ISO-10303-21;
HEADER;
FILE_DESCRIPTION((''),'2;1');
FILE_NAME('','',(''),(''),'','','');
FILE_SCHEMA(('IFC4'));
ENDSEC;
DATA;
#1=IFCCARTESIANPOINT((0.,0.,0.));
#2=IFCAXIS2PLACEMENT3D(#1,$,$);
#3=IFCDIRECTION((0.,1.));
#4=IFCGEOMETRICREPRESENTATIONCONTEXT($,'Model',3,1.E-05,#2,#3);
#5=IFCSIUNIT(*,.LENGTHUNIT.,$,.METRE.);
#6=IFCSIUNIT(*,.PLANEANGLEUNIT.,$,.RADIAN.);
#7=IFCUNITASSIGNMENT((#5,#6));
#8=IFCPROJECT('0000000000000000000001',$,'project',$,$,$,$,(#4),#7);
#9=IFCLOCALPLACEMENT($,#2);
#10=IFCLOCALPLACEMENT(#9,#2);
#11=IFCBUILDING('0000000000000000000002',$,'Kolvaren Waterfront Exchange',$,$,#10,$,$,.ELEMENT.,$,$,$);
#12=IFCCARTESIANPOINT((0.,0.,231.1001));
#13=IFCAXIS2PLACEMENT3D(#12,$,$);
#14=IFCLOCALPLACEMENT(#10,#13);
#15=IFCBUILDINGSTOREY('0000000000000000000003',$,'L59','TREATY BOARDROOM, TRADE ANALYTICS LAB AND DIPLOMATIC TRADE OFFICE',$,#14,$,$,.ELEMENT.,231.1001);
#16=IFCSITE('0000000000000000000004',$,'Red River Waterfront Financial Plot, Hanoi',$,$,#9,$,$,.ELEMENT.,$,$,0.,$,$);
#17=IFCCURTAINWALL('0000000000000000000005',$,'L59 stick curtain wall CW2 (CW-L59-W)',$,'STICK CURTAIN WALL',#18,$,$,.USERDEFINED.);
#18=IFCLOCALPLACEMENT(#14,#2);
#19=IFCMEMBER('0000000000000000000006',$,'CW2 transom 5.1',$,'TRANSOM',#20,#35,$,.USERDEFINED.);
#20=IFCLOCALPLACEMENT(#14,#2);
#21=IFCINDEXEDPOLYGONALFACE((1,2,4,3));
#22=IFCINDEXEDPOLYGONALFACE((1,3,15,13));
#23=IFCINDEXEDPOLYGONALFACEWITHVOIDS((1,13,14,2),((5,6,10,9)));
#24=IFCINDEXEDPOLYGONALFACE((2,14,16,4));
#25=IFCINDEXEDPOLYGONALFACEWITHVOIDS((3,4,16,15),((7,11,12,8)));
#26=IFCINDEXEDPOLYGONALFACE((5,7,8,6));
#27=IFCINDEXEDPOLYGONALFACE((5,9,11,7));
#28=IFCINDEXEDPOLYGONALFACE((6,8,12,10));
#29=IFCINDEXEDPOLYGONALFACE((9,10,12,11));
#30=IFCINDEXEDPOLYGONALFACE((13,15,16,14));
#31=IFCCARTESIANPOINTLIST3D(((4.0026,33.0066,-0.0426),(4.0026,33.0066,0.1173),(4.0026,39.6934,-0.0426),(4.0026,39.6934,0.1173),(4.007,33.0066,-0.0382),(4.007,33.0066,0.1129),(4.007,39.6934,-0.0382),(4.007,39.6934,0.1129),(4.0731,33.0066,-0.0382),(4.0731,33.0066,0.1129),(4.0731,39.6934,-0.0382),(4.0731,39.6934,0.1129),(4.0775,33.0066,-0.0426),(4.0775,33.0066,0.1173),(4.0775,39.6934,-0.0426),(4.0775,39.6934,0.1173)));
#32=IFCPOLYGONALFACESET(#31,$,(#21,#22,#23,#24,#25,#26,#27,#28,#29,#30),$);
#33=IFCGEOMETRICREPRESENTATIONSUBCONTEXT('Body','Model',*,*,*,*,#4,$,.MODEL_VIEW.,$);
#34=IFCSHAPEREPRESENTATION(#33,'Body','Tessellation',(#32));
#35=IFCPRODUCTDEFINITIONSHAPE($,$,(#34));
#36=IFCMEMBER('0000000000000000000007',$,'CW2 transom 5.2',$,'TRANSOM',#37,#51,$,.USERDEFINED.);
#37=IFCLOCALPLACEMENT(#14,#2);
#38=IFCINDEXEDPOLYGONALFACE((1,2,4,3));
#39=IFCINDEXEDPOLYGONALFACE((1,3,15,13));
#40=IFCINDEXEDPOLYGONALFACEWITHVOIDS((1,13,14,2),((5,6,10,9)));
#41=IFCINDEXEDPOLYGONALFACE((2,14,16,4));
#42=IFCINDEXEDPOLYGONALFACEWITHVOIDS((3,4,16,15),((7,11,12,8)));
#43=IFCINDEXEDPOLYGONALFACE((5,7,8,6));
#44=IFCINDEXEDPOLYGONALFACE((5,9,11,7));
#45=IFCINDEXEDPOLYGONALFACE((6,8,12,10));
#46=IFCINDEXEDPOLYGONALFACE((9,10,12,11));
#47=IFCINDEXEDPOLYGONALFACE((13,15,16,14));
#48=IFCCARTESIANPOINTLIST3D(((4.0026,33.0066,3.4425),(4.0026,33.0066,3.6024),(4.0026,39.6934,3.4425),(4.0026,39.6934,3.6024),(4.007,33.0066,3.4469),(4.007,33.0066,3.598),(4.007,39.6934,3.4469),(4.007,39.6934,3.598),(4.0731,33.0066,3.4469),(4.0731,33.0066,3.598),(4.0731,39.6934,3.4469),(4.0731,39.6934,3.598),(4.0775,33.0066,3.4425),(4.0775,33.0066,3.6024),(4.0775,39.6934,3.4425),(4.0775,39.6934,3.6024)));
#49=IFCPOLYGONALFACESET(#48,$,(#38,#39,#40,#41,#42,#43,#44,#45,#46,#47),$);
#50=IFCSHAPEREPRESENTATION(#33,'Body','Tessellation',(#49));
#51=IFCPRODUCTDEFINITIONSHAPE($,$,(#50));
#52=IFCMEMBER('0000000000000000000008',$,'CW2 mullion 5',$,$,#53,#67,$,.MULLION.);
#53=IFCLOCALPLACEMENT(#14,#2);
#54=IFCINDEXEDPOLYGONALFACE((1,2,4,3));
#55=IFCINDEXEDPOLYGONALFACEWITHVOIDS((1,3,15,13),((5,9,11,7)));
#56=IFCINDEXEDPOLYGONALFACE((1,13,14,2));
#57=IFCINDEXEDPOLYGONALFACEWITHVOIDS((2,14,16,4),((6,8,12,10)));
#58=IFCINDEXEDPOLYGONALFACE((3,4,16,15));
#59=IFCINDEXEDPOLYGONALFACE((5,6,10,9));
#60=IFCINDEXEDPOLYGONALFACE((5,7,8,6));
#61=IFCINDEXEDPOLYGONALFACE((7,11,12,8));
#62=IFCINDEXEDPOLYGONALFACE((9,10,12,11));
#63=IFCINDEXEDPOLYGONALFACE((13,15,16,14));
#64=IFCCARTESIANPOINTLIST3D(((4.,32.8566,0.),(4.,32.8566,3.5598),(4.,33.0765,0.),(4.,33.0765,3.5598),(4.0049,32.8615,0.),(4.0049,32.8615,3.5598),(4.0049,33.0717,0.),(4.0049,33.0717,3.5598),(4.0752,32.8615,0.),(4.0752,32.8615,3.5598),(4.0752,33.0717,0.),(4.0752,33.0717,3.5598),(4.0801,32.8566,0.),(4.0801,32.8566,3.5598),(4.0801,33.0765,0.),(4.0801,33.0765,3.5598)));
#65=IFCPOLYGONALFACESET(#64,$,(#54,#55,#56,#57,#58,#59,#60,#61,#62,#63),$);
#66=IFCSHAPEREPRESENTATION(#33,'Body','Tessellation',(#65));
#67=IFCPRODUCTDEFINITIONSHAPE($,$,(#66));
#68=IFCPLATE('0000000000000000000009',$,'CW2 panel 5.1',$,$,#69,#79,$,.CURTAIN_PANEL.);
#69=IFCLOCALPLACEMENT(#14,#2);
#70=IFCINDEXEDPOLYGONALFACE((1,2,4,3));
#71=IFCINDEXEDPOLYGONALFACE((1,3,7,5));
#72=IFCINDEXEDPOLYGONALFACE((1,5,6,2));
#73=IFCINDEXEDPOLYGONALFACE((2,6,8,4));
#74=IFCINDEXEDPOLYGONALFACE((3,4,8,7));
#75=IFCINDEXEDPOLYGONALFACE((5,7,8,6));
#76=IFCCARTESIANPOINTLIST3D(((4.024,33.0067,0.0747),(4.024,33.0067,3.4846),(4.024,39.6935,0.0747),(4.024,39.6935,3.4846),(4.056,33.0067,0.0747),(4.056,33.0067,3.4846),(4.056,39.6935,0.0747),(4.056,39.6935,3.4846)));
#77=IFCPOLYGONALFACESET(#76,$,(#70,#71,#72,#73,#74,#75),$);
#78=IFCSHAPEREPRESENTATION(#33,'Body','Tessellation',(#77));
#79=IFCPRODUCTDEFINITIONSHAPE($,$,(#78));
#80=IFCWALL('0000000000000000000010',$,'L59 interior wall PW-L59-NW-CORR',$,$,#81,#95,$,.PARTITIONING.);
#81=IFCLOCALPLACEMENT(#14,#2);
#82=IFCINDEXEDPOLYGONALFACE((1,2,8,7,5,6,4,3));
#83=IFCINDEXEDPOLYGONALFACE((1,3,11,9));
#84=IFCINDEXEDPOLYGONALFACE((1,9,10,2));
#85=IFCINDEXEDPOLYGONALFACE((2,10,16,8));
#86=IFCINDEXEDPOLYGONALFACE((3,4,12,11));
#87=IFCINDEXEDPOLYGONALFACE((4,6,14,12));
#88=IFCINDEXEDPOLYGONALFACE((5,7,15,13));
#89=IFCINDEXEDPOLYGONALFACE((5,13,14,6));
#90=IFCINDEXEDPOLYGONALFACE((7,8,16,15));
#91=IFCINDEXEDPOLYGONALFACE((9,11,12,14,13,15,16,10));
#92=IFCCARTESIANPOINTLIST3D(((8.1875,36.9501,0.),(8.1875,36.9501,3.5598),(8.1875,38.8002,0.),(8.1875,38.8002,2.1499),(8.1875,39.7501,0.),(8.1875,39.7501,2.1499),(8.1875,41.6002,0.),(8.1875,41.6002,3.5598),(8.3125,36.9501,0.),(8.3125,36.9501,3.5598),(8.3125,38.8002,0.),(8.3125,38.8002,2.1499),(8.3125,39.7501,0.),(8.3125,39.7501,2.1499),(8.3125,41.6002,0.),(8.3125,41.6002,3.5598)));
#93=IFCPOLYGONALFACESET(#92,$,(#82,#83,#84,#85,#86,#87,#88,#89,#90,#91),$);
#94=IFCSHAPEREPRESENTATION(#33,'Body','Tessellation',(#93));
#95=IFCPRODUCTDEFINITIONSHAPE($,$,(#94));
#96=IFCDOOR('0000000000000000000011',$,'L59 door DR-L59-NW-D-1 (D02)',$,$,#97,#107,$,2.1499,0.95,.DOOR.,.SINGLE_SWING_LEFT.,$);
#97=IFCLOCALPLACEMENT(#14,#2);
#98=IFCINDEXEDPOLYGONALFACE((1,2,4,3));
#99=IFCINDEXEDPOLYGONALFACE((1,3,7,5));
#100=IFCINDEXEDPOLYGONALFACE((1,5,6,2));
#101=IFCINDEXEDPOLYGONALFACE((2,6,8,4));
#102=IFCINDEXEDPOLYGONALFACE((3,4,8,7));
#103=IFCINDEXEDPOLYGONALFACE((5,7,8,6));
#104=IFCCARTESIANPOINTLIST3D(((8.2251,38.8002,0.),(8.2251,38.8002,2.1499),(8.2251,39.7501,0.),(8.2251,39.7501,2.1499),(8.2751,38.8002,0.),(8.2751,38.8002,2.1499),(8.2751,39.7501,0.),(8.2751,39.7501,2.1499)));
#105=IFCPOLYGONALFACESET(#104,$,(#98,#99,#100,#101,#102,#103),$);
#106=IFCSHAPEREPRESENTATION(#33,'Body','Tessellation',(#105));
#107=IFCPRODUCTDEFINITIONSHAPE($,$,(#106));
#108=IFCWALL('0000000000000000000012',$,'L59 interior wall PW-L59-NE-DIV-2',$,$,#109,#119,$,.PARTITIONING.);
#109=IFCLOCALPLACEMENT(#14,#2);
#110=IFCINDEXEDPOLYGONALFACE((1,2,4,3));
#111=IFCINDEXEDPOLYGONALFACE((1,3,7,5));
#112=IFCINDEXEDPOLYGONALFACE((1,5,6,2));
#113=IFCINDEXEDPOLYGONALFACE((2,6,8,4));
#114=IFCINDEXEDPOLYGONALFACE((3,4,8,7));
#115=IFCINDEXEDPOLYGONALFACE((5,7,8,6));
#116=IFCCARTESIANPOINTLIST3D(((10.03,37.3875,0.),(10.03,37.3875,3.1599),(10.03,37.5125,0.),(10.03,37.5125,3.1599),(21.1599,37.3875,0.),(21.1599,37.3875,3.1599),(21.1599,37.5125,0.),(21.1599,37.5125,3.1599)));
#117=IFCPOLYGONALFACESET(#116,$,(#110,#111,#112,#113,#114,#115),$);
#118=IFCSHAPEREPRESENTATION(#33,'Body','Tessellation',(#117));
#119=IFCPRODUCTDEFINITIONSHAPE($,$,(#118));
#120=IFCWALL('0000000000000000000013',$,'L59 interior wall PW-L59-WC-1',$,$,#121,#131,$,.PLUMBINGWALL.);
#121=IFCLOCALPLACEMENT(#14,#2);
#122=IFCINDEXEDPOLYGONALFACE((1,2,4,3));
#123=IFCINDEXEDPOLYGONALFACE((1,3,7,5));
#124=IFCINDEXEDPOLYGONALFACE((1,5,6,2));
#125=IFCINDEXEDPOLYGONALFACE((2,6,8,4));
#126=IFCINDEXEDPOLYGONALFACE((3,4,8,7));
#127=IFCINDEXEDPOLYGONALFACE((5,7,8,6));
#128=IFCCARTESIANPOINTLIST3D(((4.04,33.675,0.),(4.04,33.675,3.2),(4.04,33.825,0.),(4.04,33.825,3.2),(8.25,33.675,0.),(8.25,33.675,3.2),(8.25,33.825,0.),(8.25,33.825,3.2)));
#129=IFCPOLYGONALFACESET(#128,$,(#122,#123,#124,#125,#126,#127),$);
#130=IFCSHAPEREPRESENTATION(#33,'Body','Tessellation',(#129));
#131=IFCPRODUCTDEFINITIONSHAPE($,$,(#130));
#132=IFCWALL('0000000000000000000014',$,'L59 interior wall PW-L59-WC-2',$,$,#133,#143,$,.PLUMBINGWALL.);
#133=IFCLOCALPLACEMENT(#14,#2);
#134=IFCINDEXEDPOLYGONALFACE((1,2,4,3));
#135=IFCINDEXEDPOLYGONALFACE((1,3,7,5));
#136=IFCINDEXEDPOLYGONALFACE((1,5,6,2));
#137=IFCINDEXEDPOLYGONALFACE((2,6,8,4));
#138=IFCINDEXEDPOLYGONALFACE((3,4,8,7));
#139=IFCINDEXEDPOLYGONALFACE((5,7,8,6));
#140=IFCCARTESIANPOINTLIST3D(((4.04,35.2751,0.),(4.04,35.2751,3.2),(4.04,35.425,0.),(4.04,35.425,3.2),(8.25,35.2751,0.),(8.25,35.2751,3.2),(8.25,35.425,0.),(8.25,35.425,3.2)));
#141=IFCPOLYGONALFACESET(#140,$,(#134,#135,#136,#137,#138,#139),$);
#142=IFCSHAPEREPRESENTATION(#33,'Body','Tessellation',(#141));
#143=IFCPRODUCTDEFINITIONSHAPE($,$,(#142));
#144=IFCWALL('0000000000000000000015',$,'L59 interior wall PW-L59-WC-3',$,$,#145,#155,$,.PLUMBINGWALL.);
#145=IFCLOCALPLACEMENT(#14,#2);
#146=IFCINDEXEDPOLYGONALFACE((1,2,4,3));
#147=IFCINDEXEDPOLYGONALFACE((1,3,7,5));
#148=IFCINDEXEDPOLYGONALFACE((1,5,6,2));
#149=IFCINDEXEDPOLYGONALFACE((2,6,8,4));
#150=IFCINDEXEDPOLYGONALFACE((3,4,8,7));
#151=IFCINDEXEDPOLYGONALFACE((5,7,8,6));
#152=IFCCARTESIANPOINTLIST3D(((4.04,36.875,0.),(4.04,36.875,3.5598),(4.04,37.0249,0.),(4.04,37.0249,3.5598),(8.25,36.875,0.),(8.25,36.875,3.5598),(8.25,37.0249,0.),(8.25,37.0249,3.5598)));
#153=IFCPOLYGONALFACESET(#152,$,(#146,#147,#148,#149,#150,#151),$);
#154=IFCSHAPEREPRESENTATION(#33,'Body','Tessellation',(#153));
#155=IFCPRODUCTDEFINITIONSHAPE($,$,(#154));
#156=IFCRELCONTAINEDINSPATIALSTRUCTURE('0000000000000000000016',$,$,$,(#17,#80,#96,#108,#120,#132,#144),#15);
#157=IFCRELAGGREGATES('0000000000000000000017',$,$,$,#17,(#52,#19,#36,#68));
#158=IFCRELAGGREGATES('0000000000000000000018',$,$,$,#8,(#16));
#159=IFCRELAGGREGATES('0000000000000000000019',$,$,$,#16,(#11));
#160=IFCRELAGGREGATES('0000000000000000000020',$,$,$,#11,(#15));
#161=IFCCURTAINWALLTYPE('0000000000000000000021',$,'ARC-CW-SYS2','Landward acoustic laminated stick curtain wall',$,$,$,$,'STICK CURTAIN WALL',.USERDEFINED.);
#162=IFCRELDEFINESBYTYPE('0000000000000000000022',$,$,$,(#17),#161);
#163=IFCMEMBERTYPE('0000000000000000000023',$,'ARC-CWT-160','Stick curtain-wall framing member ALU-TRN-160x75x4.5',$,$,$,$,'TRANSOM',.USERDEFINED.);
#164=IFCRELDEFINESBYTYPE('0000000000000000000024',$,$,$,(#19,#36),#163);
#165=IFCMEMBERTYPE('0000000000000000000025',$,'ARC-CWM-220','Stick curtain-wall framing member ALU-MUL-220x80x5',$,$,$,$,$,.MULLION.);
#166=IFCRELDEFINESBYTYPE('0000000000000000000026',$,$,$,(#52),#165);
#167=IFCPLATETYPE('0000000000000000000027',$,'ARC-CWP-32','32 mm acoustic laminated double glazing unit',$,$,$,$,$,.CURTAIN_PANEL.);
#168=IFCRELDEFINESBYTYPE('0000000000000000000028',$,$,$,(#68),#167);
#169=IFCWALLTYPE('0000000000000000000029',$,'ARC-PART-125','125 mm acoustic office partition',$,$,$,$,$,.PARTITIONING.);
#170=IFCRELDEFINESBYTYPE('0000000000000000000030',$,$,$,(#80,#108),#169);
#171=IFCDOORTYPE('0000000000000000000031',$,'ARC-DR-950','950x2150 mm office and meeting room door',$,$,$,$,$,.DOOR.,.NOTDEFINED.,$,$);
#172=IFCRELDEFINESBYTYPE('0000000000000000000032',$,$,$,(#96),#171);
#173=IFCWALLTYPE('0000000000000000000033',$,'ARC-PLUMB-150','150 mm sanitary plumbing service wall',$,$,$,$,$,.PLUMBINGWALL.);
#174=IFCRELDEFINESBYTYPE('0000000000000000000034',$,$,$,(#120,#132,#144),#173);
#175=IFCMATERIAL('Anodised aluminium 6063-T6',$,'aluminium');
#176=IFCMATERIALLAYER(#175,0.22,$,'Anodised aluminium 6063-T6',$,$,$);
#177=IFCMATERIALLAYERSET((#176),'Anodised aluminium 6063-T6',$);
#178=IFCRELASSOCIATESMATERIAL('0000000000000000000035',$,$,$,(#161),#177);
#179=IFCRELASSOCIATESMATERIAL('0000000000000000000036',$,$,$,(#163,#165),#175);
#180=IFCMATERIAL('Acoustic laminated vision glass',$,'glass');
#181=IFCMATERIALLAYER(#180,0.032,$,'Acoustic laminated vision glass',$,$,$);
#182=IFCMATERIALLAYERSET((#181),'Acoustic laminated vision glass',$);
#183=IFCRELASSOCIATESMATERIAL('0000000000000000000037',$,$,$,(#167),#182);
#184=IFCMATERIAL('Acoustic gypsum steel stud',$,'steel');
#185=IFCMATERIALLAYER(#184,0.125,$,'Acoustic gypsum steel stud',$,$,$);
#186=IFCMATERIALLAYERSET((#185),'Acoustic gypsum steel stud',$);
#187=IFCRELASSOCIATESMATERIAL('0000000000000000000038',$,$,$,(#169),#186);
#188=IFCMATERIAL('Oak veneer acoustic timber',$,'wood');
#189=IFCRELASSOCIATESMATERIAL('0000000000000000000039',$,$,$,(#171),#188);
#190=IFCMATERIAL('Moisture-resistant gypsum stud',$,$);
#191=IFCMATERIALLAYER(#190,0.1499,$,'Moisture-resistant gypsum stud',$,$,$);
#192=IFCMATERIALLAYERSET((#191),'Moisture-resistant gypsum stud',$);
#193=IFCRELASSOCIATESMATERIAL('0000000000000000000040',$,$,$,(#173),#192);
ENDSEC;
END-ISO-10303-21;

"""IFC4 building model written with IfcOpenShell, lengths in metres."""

from ifc_helpers import new_model, si_unit, direction, frame, frame_2d, origin, origin_with_axes, origin_2d, place, context, subcontext, project, spatial, rectangle, hollow_rectangle, extrude, source, transform, mapped, material, layer, layer_set, material_profile, profile_set, type_object, element, fill, aggregate, save


model = new_model("IFC4")

# Units and contexts
model_context = context("Model", 3, precision=1e-05, world=origin(), true_north=direction((0.0, 1.0)))
body_context = subcontext(model_context, "Body", "Model", "MODEL_VIEW")
ifc_project = project(units=[si_unit("LENGTHUNIT", "METRE"), si_unit("PLANEANGLEUNIT", "RADIAN")], contexts=[model_context])

# Site, building, storey
site_placement = place(None, origin())
site = spatial("IfcSite", under=ifc_project, at=site_placement, Name="Red River Waterfront Financial Plot, Hanoi", CompositionType="ELEMENT", RefElevation=0.0)
building_placement = place(site_placement, origin())
building = spatial("IfcBuilding", under=site, at=building_placement, Name="Kolvaren Waterfront Exchange", CompositionType="ELEMENT")
storey_placement = place(building_placement, frame((0.0, 0.0, 231.1001)))
storey = spatial("IfcBuildingStorey", under=building, at=storey_placement, Name="L59", Description="TREATY BOARDROOM, TRADE ANALYTICS LAB AND DIPLOMATIC TRADE OFFICE", CompositionType="ELEMENT", Elevation=231.1001)

# Curtain wall, members, plate
ifc_material_1 = material(Name="Anodised aluminium 6063-T6", Category="aluminium")
ifc_layer_1 = layer(ifc_material_1, 0.22, Name="Anodised aluminium 6063-T6")
ifc_layer_set_1 = layer_set([ifc_layer_1], Name="Anodised aluminium 6063-T6")
curtain_wall_type = type_object("IfcCurtainWallType", Name="ARC-CW-SYS2", Description="Landward acoustic laminated stick curtain wall", ElementType="STICK CURTAIN WALL", PredefinedType="USERDEFINED", material=ifc_layer_set_1)
curtain_wall_placement = place(storey_placement, origin())
curtain_wall = element("IfcCurtainWall", 1, at=curtain_wall_placement, inside=storey, type_object=curtain_wall_type, Name="L59 stick curtain wall CW2 (CW-L59-W)", ObjectType="STICK CURTAIN WALL", PredefinedType="USERDEFINED")
ifc_material_profile_1 = material_profile(ifc_material_1, hollow_rectangle(XDim=0.075, YDim=0.1599, WallThickness=0.0044, at=origin_2d()), Name="ALU-TRN-160x75x4.5")
ifc_profile_set_1 = profile_set([ifc_material_profile_1], Name="Anodised aluminium 6063-T6")
member_type_1 = type_object("IfcMemberType", Name="ARC-CWT-160", Description="Stick curtain-wall framing member ALU-TRN-160x75x4.5", ElementType="TRANSOM", PredefinedType="USERDEFINED", material=ifc_profile_set_1)
shared_shape_1 = source(origin_with_axes(), body_context, "Body", "SweptSolid", [
    extrude(hollow_rectangle(XDim=0.075, YDim=0.1599, WallThickness=0.0044, at=origin_2d()), origin(), (0.0, 0.0, 1.0), 6.6868),
])
member_1_placement = place(storey_placement, frame((4.04, 33.0066, 0.0374), z_axis=(0.0, 1.0, 0.0), x_axis=(-1.0, 0.0, 0.0)))
member_1 = element("IfcMember", 2, at=member_1_placement, type_object=member_type_1, Name="CW2 transom 5.1", ObjectType="TRANSOM", PredefinedType="USERDEFINED", context=body_context, shape_type="MappedRepresentation", body=[
    mapped(shared_shape_1, transform((0.0, 0.0, 0.0), x_axis=(1.0, 0.0, 0.0), y_axis=(0.0, 1.0, 0.0), z_axis=(0.0, 0.0, 1.0), scale=1.0)),
])
member_2_placement = place(storey_placement, frame((4.04, 33.0066, 3.5225), z_axis=(0.0, 1.0, 0.0), x_axis=(-1.0, 0.0, 0.0)))
member_2 = element("IfcMember", 3, at=member_2_placement, type_object=member_type_1, Name="CW2 transom 5.2", ObjectType="TRANSOM", PredefinedType="USERDEFINED", context=body_context, shape_type="MappedRepresentation", body=[
    mapped(shared_shape_1, transform((0.0, 0.0, 0.0), x_axis=(1.0, 0.0, 0.0), y_axis=(0.0, 1.0, 0.0), z_axis=(0.0, 0.0, 1.0), scale=1.0)),
])
ifc_material_profile_2 = material_profile(ifc_material_1, hollow_rectangle(XDim=0.0801, YDim=0.22, WallThickness=0.0049, at=origin_2d()), Name="ALU-MUL-220x80x5")
ifc_profile_set_2 = profile_set([ifc_material_profile_2], Name="Anodised aluminium 6063-T6")
member_type_2 = type_object("IfcMemberType", Name="ARC-CWM-220", Description="Stick curtain-wall framing member ALU-MUL-220x80x5", PredefinedType="MULLION", material=ifc_profile_set_2)
shared_shape_2 = source(origin_with_axes(), body_context, "Body", "SweptSolid", [
    extrude(hollow_rectangle(XDim=0.0801, YDim=0.22, WallThickness=0.0049, at=origin_2d()), origin(), (0.0, 0.0, 1.0), 3.5598),
])
member_3_placement = place(storey_placement, frame((4.04, 32.9666, 0.0), z_axis=(0.0, 0.0, 1.0), x_axis=(-1.0, 0.0, 0.0)))
member_3 = element("IfcMember", 4, at=member_3_placement, type_object=member_type_2, Name="CW2 mullion 5", PredefinedType="MULLION", context=body_context, shape_type="MappedRepresentation", body=[
    mapped(shared_shape_2, transform((0.0, 0.0, 0.0), x_axis=(1.0, 0.0, 0.0), y_axis=(0.0, 1.0, 0.0), z_axis=(0.0, 0.0, 1.0), scale=1.0)),
])
ifc_material_2 = material(Name="Acoustic laminated vision glass", Category="glass")
ifc_layer_2 = layer(ifc_material_2, 0.032, Name="Acoustic laminated vision glass")
ifc_layer_set_2 = layer_set([ifc_layer_2], Name="Acoustic laminated vision glass")
plate_type = type_object("IfcPlateType", Name="ARC-CWP-32", Description="32 mm acoustic laminated double glazing unit", PredefinedType="CURTAIN_PANEL", material=ifc_layer_set_2)
shared_shape_3 = source(origin_with_axes(), body_context, "Body", "SweptSolid", [
    extrude(rectangle(XDim=6.6868, YDim=0.032, at=origin_2d()), origin(), (0.0, 0.0, 1.0), 3.4099),
])
plate_placement = place(storey_placement, frame((4.04, 36.3501, 0.0747), z_axis=(0.0, 0.0, 1.0), x_axis=(0.0, 1.0, 0.0)))
plate = element("IfcPlate", 5, at=plate_placement, type_object=plate_type, Name="CW2 panel 5.1", PredefinedType="CURTAIN_PANEL", context=body_context, shape_type="MappedRepresentation", body=[
    mapped(shared_shape_3, transform((0.0, 0.0, 0.0), x_axis=(1.0, 0.0, 0.0), y_axis=(0.0, 1.0, 0.0), z_axis=(0.0, 0.0, 1.0), scale=1.0)),
])
aggregate(curtain_wall, [member_3, member_1, member_2, plate])

# Wall, opening, door
ifc_material_3 = material(Name="Acoustic gypsum steel stud", Category="steel")
ifc_layer_3 = layer(ifc_material_3, 0.125, Name="Acoustic gypsum steel stud")
ifc_layer_set_3 = layer_set([ifc_layer_3], Name="Acoustic gypsum steel stud")
wall_type_1 = type_object("IfcWallType", Name="ARC-PART-125", Description="125 mm acoustic office partition", PredefinedType="PARTITIONING", material=ifc_layer_set_3)
wall_1_placement = place(storey_placement, frame((8.25, 36.95, 0.0), z_axis=(0.0, 0.0, 1.0), x_axis=(0.0, 1.0, 0.0)))
wall_1 = element("IfcWall", 6, at=wall_1_placement, inside=storey, type_object=wall_type_1, Name="L59 interior wall PW-L59-NW-CORR", PredefinedType="PARTITIONING", context=body_context, shape_type="SweptSolid", body=[
    extrude(rectangle(XDim=4.6501, YDim=0.125, at=frame_2d((2.3252, 0.0))), origin(), (0.0, 0.0, 1.0), 3.5598),
])
opening_placement = place(wall_1_placement, frame((1.8501, 0.0, 0.0)))
opening = element("IfcOpeningElement", 7, at=opening_placement, cuts=wall_1, PredefinedType="OPENING", context=body_context, shape_type="SweptSolid", body=[
    extrude(rectangle(XDim=0.95, YDim=2.1499, at=frame_2d((0.4751, 1.075))), frame((0.0, 0.0725, 0.0), z_axis=(0.0, -1.0, 0.0), x_axis=(1.0, 0.0, 0.0)), (0.0, 0.0, 1.0), 0.145),
])
ifc_material_4 = material(Name="Oak veneer acoustic timber", Category="wood")
door_type = type_object("IfcDoorType", Name="ARC-DR-950", Description="950x2150 mm office and meeting room door", OperationType="NOTDEFINED", PredefinedType="DOOR", material=ifc_material_4)
door_placement = place(opening_placement, origin())
door = element("IfcDoor", 8, at=door_placement, inside=storey, type_object=door_type, Name="L59 door DR-L59-NW-D-1 (D02)", OperationType="SINGLE_SWING_LEFT", OverallHeight=2.1499, OverallWidth=0.95, PredefinedType="DOOR", context=body_context, shape_type="SweptSolid", body=[
    extrude(rectangle(XDim=0.95, YDim=2.1499, at=frame_2d((0.4751, 1.075))), frame((0.0, 0.0249, 0.0), z_axis=(0.0, -1.0, 0.0), x_axis=(1.0, 0.0, 0.0)), (0.0, 0.0, 1.0), 0.05),
])
fill(opening, door)

# Walls
wall_2_placement = place(storey_placement, frame((10.03, 37.45, 0.0), z_axis=(0.0, 0.0, 1.0), x_axis=(1.0, 0.0, 0.0)))
element("IfcWall", 9, at=wall_2_placement, inside=storey, type_object=wall_type_1, Name="L59 interior wall PW-L59-NE-DIV-2", PredefinedType="PARTITIONING", context=body_context, shape_type="SweptSolid", body=[
    extrude(rectangle(XDim=11.1299, YDim=0.125, at=frame_2d((5.5649, 0.0))), origin(), (0.0, 0.0, 1.0), 3.1599),
])
ifc_material_5 = material(Name="Moisture-resistant gypsum stud")
ifc_layer_4 = layer(ifc_material_5, 0.1499, Name="Moisture-resistant gypsum stud")
ifc_layer_set_4 = layer_set([ifc_layer_4], Name="Moisture-resistant gypsum stud")
wall_type_2 = type_object("IfcWallType", Name="ARC-PLUMB-150", Description="150 mm sanitary plumbing service wall", PredefinedType="PLUMBINGWALL", material=ifc_layer_set_4)
for number, where, z_axis, x_axis, name in (
    (10, (4.04, 33.75, 0.0), (0.0, 0.0, 1.0), (1.0, 0.0, 0.0), "L59 interior wall PW-L59-WC-1"),
    (11, (4.04, 35.3501, 0.0), (0.0, 0.0, 1.0), (1.0, 0.0, 0.0), "L59 interior wall PW-L59-WC-2"),
):
    element("IfcWall", number, at=place(storey_placement, frame(where, z_axis=z_axis, x_axis=x_axis)), inside=storey, type_object=wall_type_2, Name=name, PredefinedType="PLUMBINGWALL", context=body_context, shape_type="SweptSolid", body=[
        extrude(rectangle(XDim=4.21, YDim=0.1499, at=frame_2d((2.105, 0.0))), origin(), (0.0, 0.0, 1.0), 3.2),
    ])
wall_3_placement = place(storey_placement, frame((4.04, 36.95, 0.0), z_axis=(0.0, 0.0, 1.0), x_axis=(1.0, 0.0, 0.0)))
element("IfcWall", 12, at=wall_3_placement, inside=storey, type_object=wall_type_2, Name="L59 interior wall PW-L59-WC-3", PredefinedType="PLUMBINGWALL", context=body_context, shape_type="SweptSolid", body=[
    extrude(rectangle(XDim=4.21, YDim=0.1499, at=frame_2d((2.105, 0.0))), origin(), (0.0, 0.0, 1.0), 3.5598),
])

save(model, "model.ifc")
